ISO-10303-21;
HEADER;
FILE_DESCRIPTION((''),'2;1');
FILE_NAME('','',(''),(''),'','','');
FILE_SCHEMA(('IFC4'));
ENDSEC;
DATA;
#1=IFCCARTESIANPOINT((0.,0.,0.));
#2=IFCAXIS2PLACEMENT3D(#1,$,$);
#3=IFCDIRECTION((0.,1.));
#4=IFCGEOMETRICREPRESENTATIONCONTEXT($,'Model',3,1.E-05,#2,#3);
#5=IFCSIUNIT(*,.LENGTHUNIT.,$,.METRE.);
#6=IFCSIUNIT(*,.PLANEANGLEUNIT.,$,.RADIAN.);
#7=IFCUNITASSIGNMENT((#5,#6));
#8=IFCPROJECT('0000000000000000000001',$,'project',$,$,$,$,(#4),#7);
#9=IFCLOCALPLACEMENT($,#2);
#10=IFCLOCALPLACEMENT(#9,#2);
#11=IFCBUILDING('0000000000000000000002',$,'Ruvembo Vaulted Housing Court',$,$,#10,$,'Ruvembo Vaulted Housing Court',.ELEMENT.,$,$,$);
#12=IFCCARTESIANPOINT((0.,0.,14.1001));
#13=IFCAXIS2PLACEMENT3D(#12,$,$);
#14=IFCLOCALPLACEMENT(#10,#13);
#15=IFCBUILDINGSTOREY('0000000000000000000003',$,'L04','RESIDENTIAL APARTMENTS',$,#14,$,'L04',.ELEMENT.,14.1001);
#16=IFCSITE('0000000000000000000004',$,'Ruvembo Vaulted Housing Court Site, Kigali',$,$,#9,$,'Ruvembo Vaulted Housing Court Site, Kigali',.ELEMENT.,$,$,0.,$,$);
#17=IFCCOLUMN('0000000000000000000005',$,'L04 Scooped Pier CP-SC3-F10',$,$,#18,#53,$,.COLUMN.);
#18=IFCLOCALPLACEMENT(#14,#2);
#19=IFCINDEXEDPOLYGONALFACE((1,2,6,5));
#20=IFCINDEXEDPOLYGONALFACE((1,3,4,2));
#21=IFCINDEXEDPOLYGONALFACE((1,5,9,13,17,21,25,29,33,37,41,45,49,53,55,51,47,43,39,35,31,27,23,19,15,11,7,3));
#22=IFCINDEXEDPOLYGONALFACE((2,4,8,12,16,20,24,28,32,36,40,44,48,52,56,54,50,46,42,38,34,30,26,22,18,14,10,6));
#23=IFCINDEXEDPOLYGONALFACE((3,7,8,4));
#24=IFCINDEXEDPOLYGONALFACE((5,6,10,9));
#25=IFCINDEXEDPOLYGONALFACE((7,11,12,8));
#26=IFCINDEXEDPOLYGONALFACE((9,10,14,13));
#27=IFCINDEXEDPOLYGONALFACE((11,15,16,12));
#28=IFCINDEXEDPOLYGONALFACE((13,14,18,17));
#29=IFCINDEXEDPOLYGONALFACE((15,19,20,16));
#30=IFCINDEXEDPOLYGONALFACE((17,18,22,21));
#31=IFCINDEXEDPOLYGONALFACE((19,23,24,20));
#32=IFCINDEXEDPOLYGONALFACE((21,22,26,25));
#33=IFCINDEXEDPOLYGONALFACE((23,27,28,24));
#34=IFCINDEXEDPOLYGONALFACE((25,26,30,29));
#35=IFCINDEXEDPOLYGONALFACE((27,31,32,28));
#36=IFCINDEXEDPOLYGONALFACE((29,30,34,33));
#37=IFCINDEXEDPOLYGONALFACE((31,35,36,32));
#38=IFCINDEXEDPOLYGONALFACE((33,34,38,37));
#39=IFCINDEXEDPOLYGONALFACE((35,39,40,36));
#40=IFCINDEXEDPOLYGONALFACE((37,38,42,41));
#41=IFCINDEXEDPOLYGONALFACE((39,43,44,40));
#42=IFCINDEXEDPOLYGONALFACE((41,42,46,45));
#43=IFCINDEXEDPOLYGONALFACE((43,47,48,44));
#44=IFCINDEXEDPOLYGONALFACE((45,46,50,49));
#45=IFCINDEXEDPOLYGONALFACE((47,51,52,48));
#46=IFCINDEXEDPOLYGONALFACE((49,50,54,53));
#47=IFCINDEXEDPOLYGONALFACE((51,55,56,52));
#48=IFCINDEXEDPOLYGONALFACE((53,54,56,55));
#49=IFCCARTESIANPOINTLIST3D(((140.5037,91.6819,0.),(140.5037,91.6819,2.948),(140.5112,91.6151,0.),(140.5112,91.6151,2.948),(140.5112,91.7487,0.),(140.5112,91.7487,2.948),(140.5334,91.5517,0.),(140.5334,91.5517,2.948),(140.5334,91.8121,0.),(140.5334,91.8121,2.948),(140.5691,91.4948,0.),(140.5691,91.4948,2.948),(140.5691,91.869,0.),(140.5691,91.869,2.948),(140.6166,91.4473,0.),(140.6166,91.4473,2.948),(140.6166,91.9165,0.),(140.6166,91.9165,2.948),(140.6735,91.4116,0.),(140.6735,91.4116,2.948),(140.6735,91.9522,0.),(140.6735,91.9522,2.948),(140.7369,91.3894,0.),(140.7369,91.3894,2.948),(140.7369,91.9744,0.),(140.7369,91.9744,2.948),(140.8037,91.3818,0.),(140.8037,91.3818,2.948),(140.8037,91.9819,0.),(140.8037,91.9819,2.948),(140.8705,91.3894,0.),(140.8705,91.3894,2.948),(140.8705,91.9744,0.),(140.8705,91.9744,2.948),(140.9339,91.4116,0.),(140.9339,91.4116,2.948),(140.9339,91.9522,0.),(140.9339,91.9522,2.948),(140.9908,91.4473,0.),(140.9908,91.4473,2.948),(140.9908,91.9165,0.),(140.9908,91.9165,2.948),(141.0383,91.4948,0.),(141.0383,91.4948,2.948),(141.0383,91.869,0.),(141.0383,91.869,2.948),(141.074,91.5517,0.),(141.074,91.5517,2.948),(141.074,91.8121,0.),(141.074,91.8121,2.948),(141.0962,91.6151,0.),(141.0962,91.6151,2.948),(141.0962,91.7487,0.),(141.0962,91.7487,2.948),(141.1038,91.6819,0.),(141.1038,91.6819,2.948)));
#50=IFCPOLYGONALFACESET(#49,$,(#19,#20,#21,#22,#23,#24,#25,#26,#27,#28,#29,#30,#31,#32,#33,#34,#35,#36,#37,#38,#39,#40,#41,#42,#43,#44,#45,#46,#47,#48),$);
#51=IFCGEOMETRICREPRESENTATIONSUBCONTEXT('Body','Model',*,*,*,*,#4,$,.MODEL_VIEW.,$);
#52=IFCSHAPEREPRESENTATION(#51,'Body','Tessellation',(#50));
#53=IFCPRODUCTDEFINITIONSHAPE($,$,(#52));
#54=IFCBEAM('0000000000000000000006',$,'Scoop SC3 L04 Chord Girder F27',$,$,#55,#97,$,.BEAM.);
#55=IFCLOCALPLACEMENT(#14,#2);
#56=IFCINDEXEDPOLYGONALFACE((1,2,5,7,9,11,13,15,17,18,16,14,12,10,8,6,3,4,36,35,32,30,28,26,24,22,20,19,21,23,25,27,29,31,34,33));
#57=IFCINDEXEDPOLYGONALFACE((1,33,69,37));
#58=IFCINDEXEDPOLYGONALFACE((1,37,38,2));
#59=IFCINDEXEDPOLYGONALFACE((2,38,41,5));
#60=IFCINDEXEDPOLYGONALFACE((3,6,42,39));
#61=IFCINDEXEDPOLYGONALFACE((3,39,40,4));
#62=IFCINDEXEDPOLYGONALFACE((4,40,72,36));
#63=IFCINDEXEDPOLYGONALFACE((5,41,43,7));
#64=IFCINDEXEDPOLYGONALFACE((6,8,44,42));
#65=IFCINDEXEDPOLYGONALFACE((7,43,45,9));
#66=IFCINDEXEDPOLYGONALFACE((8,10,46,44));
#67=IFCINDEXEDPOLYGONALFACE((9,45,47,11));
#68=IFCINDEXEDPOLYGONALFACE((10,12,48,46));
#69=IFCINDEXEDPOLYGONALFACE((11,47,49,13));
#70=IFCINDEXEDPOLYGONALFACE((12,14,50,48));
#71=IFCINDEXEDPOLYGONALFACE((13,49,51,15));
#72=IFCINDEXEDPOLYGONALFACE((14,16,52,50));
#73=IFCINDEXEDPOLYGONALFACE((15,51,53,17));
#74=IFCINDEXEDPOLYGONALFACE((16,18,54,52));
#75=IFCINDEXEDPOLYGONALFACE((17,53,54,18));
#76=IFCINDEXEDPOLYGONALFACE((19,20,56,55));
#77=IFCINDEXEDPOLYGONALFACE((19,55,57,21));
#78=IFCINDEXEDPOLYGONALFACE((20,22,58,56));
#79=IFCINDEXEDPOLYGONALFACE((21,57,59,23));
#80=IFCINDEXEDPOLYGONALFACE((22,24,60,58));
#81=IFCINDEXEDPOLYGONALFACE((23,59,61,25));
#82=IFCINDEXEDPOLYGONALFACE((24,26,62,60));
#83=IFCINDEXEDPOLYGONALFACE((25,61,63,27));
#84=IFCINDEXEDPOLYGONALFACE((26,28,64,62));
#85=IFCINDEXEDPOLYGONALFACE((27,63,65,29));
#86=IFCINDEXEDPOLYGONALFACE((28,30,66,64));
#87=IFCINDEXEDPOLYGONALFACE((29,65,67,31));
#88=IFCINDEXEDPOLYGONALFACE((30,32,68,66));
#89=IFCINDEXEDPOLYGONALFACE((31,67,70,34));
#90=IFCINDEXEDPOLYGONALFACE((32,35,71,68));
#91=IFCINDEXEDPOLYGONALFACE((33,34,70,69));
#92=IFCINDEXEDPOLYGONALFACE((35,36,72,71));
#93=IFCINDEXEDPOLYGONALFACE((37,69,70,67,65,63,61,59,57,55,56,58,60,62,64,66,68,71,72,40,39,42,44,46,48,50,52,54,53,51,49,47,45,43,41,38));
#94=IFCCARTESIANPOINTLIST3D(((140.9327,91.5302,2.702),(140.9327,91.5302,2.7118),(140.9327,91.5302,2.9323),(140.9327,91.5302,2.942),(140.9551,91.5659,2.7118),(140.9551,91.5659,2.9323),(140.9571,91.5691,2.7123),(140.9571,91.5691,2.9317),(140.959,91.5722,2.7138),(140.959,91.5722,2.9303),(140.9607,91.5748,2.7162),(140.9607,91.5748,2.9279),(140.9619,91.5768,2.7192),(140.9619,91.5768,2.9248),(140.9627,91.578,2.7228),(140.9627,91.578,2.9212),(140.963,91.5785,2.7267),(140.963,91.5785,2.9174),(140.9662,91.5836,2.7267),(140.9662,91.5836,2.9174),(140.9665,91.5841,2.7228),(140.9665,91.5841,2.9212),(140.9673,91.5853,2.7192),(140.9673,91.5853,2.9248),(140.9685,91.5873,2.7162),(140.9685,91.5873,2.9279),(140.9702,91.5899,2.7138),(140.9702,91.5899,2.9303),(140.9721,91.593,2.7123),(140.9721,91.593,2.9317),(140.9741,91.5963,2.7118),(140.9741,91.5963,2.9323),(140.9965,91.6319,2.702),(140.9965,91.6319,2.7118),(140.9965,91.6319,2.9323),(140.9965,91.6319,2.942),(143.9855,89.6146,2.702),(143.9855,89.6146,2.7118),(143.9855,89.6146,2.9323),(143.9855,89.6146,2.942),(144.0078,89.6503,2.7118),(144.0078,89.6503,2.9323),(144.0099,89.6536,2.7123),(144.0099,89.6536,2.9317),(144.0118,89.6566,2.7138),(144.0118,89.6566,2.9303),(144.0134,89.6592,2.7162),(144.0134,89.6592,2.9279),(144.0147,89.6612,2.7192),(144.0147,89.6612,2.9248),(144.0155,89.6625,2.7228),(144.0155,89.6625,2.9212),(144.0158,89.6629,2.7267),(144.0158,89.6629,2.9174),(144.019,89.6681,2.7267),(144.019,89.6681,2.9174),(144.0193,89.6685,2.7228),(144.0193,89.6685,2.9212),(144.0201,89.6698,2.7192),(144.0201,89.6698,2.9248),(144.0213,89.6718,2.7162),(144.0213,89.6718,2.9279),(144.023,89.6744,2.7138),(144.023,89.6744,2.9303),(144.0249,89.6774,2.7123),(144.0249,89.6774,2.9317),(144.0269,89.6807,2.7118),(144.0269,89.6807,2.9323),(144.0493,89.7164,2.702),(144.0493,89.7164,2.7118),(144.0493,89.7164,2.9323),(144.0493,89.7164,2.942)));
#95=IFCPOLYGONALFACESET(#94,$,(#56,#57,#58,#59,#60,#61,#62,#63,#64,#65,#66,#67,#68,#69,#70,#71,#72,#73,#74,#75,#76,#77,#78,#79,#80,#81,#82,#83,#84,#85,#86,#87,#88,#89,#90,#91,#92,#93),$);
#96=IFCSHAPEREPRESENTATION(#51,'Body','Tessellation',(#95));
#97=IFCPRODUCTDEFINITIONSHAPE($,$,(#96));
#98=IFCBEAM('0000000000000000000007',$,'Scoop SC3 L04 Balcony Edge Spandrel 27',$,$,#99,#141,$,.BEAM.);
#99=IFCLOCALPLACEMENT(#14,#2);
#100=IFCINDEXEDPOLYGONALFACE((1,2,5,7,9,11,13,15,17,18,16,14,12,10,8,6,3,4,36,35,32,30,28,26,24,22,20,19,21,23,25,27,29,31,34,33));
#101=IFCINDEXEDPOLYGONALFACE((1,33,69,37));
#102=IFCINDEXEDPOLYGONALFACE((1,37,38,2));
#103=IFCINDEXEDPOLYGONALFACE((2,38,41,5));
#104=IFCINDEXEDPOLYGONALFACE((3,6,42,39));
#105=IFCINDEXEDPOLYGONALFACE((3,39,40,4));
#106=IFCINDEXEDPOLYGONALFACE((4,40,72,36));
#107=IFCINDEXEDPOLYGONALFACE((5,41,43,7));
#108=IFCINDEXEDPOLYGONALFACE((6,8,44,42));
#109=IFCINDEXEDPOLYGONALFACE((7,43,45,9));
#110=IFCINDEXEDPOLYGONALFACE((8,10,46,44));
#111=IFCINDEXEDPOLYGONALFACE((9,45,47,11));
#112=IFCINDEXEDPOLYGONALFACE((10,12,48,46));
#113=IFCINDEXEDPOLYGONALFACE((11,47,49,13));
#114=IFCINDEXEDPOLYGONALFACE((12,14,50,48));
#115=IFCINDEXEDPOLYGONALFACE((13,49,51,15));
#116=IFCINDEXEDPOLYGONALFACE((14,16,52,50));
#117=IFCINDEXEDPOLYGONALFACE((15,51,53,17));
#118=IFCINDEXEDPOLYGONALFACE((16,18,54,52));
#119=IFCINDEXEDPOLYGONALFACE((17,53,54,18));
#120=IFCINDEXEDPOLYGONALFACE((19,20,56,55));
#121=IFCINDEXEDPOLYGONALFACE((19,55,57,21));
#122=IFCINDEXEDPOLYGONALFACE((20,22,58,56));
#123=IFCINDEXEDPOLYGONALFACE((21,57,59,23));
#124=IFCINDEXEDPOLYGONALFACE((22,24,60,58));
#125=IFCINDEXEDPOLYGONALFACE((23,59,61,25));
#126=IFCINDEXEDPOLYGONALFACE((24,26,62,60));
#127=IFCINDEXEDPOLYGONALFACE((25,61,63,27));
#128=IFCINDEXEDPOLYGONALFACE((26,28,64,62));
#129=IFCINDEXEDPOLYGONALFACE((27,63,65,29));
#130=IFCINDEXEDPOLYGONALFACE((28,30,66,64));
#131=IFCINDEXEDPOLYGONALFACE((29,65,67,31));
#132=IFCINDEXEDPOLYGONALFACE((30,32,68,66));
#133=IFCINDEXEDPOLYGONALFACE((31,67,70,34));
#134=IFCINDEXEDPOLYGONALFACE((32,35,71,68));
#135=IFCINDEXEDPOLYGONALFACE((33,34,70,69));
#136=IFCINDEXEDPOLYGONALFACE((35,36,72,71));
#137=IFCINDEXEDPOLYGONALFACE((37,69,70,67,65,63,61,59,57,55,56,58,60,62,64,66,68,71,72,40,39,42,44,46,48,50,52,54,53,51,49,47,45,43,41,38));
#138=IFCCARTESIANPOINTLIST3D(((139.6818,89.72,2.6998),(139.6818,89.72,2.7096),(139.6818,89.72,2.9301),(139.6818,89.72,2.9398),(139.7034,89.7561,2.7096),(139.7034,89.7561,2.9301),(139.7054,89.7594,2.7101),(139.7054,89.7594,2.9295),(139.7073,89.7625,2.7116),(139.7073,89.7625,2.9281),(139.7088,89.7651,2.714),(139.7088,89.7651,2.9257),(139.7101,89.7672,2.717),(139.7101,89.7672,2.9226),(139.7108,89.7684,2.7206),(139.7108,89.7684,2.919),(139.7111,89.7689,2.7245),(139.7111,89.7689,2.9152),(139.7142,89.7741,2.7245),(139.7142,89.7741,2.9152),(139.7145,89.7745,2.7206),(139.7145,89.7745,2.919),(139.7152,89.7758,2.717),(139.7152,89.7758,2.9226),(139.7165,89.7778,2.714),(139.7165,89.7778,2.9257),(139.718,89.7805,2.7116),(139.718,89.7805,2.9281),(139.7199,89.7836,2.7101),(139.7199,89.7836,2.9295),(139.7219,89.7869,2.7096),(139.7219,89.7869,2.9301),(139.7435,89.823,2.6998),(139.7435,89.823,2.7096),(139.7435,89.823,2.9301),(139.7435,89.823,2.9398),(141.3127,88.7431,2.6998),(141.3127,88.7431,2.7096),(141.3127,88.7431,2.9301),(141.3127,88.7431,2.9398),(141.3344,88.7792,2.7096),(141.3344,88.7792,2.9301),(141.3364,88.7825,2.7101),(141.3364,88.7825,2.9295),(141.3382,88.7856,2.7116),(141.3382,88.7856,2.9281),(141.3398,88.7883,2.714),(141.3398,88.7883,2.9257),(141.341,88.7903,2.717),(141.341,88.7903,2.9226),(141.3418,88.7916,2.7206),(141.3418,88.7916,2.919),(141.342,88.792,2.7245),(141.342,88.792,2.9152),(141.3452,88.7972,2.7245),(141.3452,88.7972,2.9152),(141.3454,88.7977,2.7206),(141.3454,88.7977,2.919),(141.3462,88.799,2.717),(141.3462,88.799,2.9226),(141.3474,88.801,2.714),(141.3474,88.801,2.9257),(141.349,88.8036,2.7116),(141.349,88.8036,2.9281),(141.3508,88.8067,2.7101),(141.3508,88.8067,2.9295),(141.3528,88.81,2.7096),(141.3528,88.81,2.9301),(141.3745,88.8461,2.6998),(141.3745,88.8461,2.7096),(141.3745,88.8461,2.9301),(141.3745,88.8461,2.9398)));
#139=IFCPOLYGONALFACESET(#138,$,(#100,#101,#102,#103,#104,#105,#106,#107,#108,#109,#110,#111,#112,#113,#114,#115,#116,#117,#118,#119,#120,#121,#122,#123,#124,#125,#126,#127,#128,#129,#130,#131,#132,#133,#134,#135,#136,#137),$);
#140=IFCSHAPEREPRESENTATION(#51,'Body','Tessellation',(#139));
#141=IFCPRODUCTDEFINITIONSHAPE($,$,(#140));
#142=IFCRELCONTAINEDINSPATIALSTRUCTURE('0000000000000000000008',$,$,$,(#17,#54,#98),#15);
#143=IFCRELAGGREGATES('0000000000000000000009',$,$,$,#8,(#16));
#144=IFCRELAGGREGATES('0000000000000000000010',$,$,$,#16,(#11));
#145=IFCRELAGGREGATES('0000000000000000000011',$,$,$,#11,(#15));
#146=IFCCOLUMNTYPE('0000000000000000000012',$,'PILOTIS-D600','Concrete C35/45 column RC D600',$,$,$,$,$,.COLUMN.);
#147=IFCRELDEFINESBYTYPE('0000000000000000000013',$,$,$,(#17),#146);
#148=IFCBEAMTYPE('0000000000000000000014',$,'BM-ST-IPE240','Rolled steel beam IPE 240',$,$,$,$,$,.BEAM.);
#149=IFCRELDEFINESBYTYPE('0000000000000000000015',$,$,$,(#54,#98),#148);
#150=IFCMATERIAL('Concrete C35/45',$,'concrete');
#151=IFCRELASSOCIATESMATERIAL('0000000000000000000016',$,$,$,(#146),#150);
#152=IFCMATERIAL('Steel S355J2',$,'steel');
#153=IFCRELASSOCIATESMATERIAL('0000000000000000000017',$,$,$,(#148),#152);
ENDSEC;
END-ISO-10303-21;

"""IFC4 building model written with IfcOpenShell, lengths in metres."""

from ifc_helpers import new_model, si_unit, direction, frame, origin, origin_2d, place, context, subcontext, project, spatial, circle, i_section, extrude, material, material_profile, profile_set, type_object, element, save


model = new_model("IFC4")

# Units and contexts
model_context = context("Model", 3, precision=1e-05, world=origin(), true_north=direction((0.0, 1.0)))
body_context = subcontext(model_context, "Body", "Model", "MODEL_VIEW")
ifc_project = project(units=[si_unit("LENGTHUNIT", "METRE"), si_unit("PLANEANGLEUNIT", "RADIAN")], contexts=[model_context])

# Site, building, storey
site_placement = place(None, origin())
site = spatial("IfcSite", under=ifc_project, at=site_placement, Name="Ruvembo Vaulted Housing Court Site, Kigali", LongName="Ruvembo Vaulted Housing Court Site, Kigali", CompositionType="ELEMENT", RefElevation=0.0)
building_placement = place(site_placement, origin())
building = spatial("IfcBuilding", under=site, at=building_placement, Name="Ruvembo Vaulted Housing Court", LongName="Ruvembo Vaulted Housing Court", CompositionType="ELEMENT")
storey_placement = place(building_placement, frame((0.0, 0.0, 14.1001)))
storey = spatial("IfcBuildingStorey", under=building, at=storey_placement, Name="L04", Description="RESIDENTIAL APARTMENTS", LongName="L04", CompositionType="ELEMENT", Elevation=14.1001)

# Column
ifc_material_1 = material(Name="Concrete C35/45", Category="concrete")
ifc_material_profile_1 = material_profile(ifc_material_1, circle(Radius=0.3, at=origin_2d()), Name="RC D600")
ifc_profile_set_1 = profile_set([ifc_material_profile_1], Name="Concrete C35/45")
column_type = type_object("IfcColumnType", Name="PILOTIS-D600", Description="Concrete C35/45 column RC D600", PredefinedType="COLUMN", material=ifc_profile_set_1)
column_placement = place(storey_placement, frame((140.8037, 91.6819, 0.0), z_axis=(0.0, 0.0, 1.0), x_axis=(1.0, 0.0, 0.0)))
element("IfcColumn", 1, at=column_placement, inside=storey, type_object=column_type, Name="L04 Scooped Pier CP-SC3-F10", PredefinedType="COLUMN", context=body_context, shape_type="SweptSolid", body=[
    extrude(circle(Radius=0.3, at=origin_2d()), origin(), (0.0, 0.0, 1.0), 2.948),
])

# Beams
ifc_material_2 = material(Name="Steel S355J2", Category="steel")
ifc_material_profile_2 = material_profile(ifc_material_2, i_section(OverallWidth=0.1201, OverallDepth=0.24, WebThickness=0.0061, FlangeThickness=0.0098, FilletRadius=0.0149, at=origin_2d()), Name="IPE 240")
ifc_profile_set_2 = profile_set([ifc_material_profile_2], Name="Steel S355J2")
beam_type = type_object("IfcBeamType", Name="BM-ST-IPE240", Description="Rolled steel beam IPE 240", PredefinedType="BEAM", material=ifc_profile_set_2)
beam_1_placement = place(storey_placement, frame((140.9646, 91.5811, 2.822), z_axis=(0.847053, -0.531508, 0.0), x_axis=(0.531508, 0.847053, 0.0)))
element("IfcBeam", 2, at=beam_1_placement, inside=storey, type_object=beam_type, Name="Scoop SC3 L04 Chord Girder F27", PredefinedType="BEAM", context=body_context, shape_type="SweptSolid", body=[
    extrude(i_section(OverallWidth=0.1201, OverallDepth=0.24, WebThickness=0.0061, FlangeThickness=0.0098, FilletRadius=0.0149, at=origin_2d()), origin(), (0.0, 0.0, 1.0), 3.604),
])
beam_2_placement = place(storey_placement, frame((139.7126, 89.7715, 2.8198), z_axis=(0.857889, -0.513835, 0.0), x_axis=(0.513835, 0.857889, 0.0)))
element("IfcBeam", 3, at=beam_2_placement, inside=storey, type_object=beam_type, Name="Scoop SC3 L04 Balcony Edge Spandrel 27", PredefinedType="BEAM", context=body_context, shape_type="SweptSolid", body=[
    extrude(i_section(OverallWidth=0.1201, OverallDepth=0.24, WebThickness=0.0061, FlangeThickness=0.0098, FilletRadius=0.0149, at=origin_2d()), origin(), (0.0, 0.0, 1.0), 1.9011),
])

save(model, "model.ifc")
